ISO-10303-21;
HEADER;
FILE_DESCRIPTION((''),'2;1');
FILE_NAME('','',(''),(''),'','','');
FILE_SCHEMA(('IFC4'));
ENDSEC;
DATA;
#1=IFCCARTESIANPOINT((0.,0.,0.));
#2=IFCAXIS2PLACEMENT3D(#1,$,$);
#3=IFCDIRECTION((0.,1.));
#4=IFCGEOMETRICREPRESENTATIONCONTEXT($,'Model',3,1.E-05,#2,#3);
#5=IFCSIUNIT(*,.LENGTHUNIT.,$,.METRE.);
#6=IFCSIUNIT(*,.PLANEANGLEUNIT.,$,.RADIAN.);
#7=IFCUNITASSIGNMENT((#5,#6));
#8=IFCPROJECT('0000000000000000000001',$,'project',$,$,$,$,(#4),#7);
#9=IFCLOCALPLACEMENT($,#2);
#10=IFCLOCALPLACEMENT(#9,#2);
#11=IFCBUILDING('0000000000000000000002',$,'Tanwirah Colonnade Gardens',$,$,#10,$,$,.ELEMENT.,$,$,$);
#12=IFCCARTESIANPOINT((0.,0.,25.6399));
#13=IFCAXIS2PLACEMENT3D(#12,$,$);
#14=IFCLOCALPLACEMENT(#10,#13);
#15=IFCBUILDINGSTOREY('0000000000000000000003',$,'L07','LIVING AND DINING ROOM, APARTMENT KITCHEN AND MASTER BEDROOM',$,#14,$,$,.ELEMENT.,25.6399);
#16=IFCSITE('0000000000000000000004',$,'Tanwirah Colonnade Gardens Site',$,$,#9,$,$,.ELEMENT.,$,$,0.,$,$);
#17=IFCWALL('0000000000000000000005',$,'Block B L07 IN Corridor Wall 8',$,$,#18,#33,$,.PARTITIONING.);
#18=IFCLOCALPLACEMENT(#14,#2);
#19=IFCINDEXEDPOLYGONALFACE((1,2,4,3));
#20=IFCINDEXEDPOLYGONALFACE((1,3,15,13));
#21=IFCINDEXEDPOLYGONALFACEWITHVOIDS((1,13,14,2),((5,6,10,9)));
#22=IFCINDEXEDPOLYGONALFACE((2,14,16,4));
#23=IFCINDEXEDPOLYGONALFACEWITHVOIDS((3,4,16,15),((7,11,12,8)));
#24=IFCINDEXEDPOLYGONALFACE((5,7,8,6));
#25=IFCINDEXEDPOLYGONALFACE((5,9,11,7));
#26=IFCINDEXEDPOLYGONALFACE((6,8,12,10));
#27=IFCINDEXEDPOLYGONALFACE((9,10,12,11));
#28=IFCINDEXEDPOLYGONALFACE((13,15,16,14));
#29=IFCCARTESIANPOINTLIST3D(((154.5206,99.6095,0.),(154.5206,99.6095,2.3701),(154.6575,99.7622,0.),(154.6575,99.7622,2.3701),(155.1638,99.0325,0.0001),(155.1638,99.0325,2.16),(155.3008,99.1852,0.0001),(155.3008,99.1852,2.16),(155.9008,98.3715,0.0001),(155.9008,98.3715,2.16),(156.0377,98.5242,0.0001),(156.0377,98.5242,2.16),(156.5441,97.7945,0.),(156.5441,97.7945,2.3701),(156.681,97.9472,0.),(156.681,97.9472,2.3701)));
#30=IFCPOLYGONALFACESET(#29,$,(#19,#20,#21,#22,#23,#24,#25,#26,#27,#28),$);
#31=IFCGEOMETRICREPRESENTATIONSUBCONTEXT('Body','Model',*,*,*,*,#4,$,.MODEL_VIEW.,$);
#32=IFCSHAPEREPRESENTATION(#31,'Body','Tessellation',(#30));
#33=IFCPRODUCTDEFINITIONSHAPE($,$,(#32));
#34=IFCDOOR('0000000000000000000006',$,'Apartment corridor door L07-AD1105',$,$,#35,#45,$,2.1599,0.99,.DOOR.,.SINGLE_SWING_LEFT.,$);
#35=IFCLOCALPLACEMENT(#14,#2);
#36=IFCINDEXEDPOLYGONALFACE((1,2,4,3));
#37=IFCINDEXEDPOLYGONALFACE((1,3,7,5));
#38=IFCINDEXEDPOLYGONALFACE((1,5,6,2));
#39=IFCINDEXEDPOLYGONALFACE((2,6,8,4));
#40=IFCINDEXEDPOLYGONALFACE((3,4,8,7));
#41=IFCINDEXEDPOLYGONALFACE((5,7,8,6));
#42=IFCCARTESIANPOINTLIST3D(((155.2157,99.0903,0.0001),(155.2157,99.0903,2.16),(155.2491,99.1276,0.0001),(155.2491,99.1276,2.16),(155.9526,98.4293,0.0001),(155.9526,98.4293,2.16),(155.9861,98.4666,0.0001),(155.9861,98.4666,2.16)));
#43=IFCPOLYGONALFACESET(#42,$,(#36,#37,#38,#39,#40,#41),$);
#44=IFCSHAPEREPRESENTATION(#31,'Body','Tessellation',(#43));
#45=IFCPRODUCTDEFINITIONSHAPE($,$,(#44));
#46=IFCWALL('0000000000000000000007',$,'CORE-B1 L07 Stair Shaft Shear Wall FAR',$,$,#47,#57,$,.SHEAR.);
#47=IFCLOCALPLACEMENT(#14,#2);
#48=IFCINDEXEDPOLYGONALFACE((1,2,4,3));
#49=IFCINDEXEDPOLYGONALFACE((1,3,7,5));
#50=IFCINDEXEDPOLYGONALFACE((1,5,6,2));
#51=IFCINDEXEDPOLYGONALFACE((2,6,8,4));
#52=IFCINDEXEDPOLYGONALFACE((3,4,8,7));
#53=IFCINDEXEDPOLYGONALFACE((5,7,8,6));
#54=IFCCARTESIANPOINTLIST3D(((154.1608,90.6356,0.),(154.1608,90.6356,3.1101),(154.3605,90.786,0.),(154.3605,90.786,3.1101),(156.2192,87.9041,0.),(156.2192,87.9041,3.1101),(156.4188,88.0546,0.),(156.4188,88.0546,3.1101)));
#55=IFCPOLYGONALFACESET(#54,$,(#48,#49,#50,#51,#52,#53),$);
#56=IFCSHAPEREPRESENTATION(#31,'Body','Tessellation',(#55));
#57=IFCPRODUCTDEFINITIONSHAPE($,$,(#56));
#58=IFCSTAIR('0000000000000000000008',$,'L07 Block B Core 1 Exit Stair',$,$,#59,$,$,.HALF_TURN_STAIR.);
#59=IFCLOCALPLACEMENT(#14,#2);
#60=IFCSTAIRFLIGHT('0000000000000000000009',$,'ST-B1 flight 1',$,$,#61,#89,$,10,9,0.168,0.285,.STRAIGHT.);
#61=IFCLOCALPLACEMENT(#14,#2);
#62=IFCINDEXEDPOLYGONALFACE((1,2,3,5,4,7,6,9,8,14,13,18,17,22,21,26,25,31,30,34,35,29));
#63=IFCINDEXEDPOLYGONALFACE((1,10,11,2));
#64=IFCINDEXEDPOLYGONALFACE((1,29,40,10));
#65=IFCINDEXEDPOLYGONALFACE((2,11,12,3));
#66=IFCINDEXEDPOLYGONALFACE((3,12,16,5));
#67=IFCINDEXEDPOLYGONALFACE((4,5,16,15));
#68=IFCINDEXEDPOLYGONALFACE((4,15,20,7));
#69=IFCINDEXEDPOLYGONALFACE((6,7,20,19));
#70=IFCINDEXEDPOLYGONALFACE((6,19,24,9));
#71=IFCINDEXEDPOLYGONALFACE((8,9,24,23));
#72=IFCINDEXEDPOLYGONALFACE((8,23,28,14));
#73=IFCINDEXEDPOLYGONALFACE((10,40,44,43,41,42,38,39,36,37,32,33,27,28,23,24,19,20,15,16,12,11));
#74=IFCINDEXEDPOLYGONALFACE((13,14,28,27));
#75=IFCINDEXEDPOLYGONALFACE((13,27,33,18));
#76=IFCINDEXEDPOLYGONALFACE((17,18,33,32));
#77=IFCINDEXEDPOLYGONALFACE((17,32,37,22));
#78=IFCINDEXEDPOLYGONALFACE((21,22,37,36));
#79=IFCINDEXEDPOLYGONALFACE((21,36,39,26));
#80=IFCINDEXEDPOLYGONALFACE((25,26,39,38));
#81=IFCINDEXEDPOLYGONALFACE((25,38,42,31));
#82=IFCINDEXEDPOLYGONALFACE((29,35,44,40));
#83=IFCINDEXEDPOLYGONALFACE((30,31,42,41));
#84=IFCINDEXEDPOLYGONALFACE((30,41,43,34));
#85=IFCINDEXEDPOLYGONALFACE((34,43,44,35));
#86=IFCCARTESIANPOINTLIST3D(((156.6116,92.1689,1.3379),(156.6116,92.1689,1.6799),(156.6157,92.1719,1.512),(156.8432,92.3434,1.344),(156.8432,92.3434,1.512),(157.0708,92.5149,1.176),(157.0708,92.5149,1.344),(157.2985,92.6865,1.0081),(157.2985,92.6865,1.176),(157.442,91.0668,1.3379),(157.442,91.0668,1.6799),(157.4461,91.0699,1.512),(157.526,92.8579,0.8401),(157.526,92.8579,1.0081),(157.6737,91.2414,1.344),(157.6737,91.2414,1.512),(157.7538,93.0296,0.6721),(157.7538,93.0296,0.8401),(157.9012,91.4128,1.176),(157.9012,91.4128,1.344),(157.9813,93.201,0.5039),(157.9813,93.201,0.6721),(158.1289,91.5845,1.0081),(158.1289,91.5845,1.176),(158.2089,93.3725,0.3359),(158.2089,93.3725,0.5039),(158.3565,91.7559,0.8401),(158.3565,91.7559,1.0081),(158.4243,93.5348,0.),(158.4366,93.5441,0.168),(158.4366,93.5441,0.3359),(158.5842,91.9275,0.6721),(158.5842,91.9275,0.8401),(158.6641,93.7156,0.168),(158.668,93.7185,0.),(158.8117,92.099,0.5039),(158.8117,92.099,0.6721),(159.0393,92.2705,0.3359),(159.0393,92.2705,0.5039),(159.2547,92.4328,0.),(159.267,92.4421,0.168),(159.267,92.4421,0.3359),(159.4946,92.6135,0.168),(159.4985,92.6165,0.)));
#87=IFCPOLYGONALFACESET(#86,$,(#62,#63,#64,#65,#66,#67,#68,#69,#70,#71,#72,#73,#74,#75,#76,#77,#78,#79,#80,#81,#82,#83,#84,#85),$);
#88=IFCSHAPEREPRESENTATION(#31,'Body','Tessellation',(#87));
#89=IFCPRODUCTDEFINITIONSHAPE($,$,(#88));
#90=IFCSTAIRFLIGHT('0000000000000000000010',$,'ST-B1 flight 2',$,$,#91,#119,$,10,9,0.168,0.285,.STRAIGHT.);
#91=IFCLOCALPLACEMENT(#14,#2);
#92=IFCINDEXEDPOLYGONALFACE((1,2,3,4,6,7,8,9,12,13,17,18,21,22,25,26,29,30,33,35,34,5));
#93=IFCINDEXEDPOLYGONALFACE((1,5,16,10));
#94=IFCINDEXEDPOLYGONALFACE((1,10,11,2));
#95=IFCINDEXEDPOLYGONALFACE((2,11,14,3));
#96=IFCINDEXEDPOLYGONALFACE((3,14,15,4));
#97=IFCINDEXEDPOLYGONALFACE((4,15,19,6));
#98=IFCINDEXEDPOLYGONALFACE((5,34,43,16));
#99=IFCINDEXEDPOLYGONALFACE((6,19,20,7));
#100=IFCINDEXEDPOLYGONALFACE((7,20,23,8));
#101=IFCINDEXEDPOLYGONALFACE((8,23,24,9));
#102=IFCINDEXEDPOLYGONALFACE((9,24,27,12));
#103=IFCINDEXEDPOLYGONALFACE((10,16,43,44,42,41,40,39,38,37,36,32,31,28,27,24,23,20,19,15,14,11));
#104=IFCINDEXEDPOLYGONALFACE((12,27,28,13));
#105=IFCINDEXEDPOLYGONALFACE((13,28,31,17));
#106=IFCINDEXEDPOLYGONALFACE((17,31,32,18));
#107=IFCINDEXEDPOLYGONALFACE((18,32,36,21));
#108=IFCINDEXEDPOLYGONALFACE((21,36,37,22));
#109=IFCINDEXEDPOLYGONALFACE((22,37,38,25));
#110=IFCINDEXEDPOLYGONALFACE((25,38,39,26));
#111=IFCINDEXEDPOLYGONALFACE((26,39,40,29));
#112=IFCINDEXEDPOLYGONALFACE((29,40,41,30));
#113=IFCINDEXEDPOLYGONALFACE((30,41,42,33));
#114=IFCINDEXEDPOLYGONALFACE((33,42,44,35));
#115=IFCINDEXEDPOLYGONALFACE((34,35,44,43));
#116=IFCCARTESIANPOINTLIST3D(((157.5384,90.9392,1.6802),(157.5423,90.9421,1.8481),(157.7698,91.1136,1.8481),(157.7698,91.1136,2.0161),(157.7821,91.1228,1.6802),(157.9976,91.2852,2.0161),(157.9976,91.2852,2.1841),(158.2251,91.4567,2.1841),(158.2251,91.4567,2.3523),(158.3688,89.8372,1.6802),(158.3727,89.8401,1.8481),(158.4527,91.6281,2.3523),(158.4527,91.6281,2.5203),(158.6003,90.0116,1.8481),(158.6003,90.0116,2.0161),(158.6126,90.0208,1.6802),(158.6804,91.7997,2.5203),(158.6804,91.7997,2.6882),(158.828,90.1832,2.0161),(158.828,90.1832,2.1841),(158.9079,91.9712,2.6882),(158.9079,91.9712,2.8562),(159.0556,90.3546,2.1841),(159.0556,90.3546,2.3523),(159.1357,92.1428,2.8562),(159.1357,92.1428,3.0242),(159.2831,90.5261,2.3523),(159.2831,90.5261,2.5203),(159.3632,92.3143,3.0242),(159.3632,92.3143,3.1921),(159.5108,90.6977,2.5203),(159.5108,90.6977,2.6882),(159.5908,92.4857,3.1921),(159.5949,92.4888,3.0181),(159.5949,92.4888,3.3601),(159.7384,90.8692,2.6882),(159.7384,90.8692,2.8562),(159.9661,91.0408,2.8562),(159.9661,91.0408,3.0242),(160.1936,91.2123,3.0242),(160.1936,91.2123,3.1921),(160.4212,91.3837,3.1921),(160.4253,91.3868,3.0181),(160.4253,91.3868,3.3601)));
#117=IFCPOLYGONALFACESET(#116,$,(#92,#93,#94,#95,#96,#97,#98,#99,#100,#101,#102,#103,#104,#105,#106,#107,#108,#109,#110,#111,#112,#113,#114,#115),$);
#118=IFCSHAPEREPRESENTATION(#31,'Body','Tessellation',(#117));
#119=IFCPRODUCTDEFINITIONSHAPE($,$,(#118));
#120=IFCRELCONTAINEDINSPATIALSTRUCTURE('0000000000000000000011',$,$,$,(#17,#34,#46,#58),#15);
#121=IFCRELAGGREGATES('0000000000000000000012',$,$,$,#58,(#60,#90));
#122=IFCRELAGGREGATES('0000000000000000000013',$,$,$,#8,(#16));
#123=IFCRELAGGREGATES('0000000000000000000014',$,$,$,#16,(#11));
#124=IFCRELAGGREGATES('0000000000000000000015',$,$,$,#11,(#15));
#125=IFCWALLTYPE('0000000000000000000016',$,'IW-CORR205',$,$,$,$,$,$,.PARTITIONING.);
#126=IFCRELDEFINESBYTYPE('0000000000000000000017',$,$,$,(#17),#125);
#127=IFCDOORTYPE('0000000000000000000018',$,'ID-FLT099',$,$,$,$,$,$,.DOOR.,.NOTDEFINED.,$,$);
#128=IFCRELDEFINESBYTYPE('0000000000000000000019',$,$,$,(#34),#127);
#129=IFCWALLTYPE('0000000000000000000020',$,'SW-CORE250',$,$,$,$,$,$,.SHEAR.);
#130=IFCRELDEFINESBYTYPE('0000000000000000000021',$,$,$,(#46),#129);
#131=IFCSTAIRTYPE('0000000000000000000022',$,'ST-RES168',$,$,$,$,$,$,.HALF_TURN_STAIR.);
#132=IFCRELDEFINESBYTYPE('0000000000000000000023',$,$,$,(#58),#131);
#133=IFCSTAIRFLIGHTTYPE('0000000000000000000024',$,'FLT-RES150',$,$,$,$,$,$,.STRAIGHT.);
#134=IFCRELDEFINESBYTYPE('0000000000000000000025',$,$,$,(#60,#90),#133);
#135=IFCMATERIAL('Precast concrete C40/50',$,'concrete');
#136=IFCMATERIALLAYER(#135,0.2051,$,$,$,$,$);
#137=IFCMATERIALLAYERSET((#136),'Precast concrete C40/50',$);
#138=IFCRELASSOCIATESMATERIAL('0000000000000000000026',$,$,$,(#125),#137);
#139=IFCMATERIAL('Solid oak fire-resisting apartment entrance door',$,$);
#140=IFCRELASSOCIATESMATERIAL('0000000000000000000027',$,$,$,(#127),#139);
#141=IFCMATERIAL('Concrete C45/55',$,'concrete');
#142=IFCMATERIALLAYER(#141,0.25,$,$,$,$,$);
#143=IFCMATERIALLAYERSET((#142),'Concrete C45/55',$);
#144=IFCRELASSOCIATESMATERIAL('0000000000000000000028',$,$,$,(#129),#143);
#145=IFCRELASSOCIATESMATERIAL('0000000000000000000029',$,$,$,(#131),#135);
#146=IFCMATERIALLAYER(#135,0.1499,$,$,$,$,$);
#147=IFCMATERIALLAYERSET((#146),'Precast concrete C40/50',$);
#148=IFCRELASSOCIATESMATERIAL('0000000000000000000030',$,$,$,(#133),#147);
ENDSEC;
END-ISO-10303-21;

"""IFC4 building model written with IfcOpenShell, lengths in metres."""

from ifc_helpers import new_model, si_unit, direction, frame, frame_2d, origin, place, context, subcontext, project, spatial, polyline, rectangle, outline, extrude, material, layer, layer_set, type_object, element, fill, aggregate, save


model = new_model("IFC4")

# Units and contexts
model_context = context("Model", 3, precision=1e-05, world=origin(), true_north=direction((0.0, 1.0)))
body_context = subcontext(model_context, "Body", "Model", "MODEL_VIEW")
ifc_project = project(units=[si_unit("LENGTHUNIT", "METRE"), si_unit("PLANEANGLEUNIT", "RADIAN")], contexts=[model_context])

# Site, building, storey
site_placement = place(None, origin())
site = spatial("IfcSite", under=ifc_project, at=site_placement, Name="Tanwirah Colonnade Gardens Site", CompositionType="ELEMENT", RefElevation=0.0)
building_placement = place(site_placement, origin())
building = spatial("IfcBuilding", under=site, at=building_placement, Name="Tanwirah Colonnade Gardens", CompositionType="ELEMENT")
storey_placement = place(building_placement, frame((0.0, 0.0, 25.6399)))
storey = spatial("IfcBuildingStorey", under=building, at=storey_placement, Name="L07", Description="LIVING AND DINING ROOM, APARTMENT KITCHEN AND MASTER BEDROOM", CompositionType="ELEMENT", Elevation=25.6399)

# Shared definitions
ifc_material_1 = material(Name="Precast concrete C40/50", Category="concrete")

# Wall, opening, door
ifc_layer_1 = layer(ifc_material_1, 0.2051)
ifc_layer_set_1 = layer_set([ifc_layer_1], Name="Precast concrete C40/50")
wall_type_1 = type_object("IfcWallType", Name="IW-CORR205", PredefinedType="PARTITIONING", material=ifc_layer_set_1)
ifc_material_2 = material(Name="Solid oak fire-resisting apartment entrance door")
door_type_1 = type_object("IfcDoorType", Name="ID-FLT099", OperationType="NOTDEFINED", PredefinedType="DOOR", material=ifc_material_2)
wall_1_placement = place(storey_placement, frame((156.6125, 97.8708, 0.0), z_axis=(0.0, 0.0, 1.0), x_axis=(-0.744419, 0.667713, 0.0)))
wall_1 = element("IfcWall", 1, at=wall_1_placement, inside=storey, type_object=wall_type_1, Name="Block B L07 IN Corridor Wall 8", PredefinedType="PARTITIONING", context=body_context, shape_type="SweptSolid", body=[
    extrude(rectangle(XDim=2.7183, YDim=0.2051, at=frame_2d((1.3591, 0.0))), origin(), (0.0, 0.0, 1.0), 2.3701),
])
opening_1_placement = place(wall_1_placement, frame((0.864, 0.0, 0.0)))
opening_1 = element("IfcOpeningElement", 2, at=opening_1_placement, cuts=wall_1, PredefinedType="OPENING", context=body_context, shape_type="SweptSolid", body=[
    extrude(rectangle(XDim=0.99, YDim=2.1599, at=frame_2d((0.4951, 1.0801))), frame((0.0, 0.1125, 0.0), z_axis=(0.0, -1.0, 0.0), x_axis=(1.0, 0.0, 0.0)), (0.0, 0.0, 1.0), 0.2251),
])
door_1_placement = place(opening_1_placement, origin())
door_1 = element("IfcDoor", 3, at=door_1_placement, inside=storey, type_object=door_type_1, Name="Apartment corridor door L07-AD1105", OperationType="SINGLE_SWING_LEFT", OverallHeight=2.1599, OverallWidth=0.99, PredefinedType="DOOR", context=body_context, shape_type="SweptSolid", body=[
    extrude(rectangle(XDim=0.99, YDim=2.1599, at=frame_2d((0.4951, 1.0801))), frame((0.0, 0.0249, 0.0), z_axis=(0.0, -1.0, 0.0), x_axis=(1.0, 0.0, 0.0)), (0.0, 0.0, 1.0), 0.05),
])
fill(opening_1, door_1)

# Wall
ifc_material_3 = material(Name="Concrete C45/55", Category="concrete")
ifc_layer_2 = layer(ifc_material_3, 0.25)
ifc_layer_set_2 = layer_set([ifc_layer_2], Name="Concrete C45/55")
wall_type_2 = type_object("IfcWallType", Name="SW-CORE250", PredefinedType="SHEAR", material=ifc_layer_set_2)
wall_2_placement = place(storey_placement, frame((154.2607, 90.7107, 0.0), z_axis=(0.0, 0.0, 1.0), x_axis=(0.601826, -0.798627, 0.0)))
element("IfcWall", 4, at=wall_2_placement, inside=storey, type_object=wall_type_2, Name="CORE-B1 L07 Stair Shaft Shear Wall FAR", PredefinedType="SHEAR", context=body_context, shape_type="SweptSolid", body=[
    extrude(rectangle(XDim=3.4202, YDim=0.25, at=frame_2d((1.71, 0.0))), origin(), (0.0, 0.0, 1.0), 3.1101),
])

# Stair, stair flights
stair_type = type_object("IfcStairType", Name="ST-RES168", PredefinedType="HALF_TURN_STAIR", material=ifc_material_1)
stair_placement = place(storey_placement, origin())
stair = element("IfcStair", 5, at=stair_placement, inside=storey, type_object=stair_type, Name="L07 Block B Core 1 Exit Stair", PredefinedType="HALF_TURN_STAIR")
ifc_layer_3 = layer(ifc_material_1, 0.1499)
ifc_layer_set_3 = layer_set([ifc_layer_3], Name="Precast concrete C40/50")
stair_flight_type = type_object("IfcStairFlightType", Name="FLT-RES150", PredefinedType="STRAIGHT", material=ifc_layer_set_3)
stair_flight_1_placement = place(storey_placement, frame((159.0793, 93.1646, 0.0), z_axis=(0.0, 0.0, 1.0), x_axis=(-0.798636, -0.601815, 0.0)))
stair_flight_1 = element("IfcStairFlight", 6, at=stair_flight_1_placement, type_object=stair_flight_type, Name="ST-B1 flight 1", NumberOfRisers=10, NumberOfTreads=9, PredefinedType="STRAIGHT", RiserHeight=0.168, TreadLength=0.285, context=body_context, shape_type="SweptSolid", body=[
    extrude(outline(polyline([(-0.0049, 0.0), (0.0, 0.168), (0.2849, 0.168), (0.2849, 0.3359), (0.5701, 0.3359), (0.5701, 0.5039), (0.855, 0.5039), (0.855, 0.6721), (1.1399, 0.6721), (1.1399, 0.8401), (1.425, 0.8401), (1.425, 1.0081), (1.71, 1.0081), (1.71, 1.176), (1.9951, 1.176), (1.9951, 1.344), (2.28, 1.344), (2.28, 1.512), (2.5649, 1.512), (2.5701, 1.6799), (2.5701, 1.3379), (0.3003, 0.0), (-0.0049, 0.0)])), frame((0.0, 0.6899, 0.0), z_axis=(0.0, -1.0, 0.0), x_axis=(1.0, 0.0, 0.0)), (0.0, 0.0, 1.0), 1.3799),
])
stair_flight_2_placement = place(storey_placement, frame((157.9575, 90.3911, 1.6802), z_axis=(0.0, 0.0, 1.0), x_axis=(0.798636, 0.601815, 0.0)))
stair_flight_2 = element("IfcStairFlight", 7, at=stair_flight_2_placement, type_object=stair_flight_type, Name="ST-B1 flight 2", NumberOfRisers=10, NumberOfTreads=9, PredefinedType="STRAIGHT", RiserHeight=0.168, TreadLength=0.285, context=body_context, shape_type="SweptSolid", body=[
    extrude(outline(polyline([(-0.0049, 0.0), (0.0, 0.168), (0.2849, 0.168), (0.2849, 0.3359), (0.5701, 0.3359), (0.5701, 0.5039), (0.855, 0.5039), (0.855, 0.6721), (1.1399, 0.6721), (1.1399, 0.8401), (1.425, 0.8401), (1.425, 1.0081), (1.71, 1.0081), (1.71, 1.176), (1.9951, 1.176), (1.9951, 1.344), (2.28, 1.344), (2.28, 1.512), (2.5649, 1.512), (2.5701, 1.6799), (2.5701, 1.3379), (0.3003, 0.0), (-0.0049, 0.0)])), frame((0.0, 0.6899, 0.0), z_axis=(0.0, -1.0, 0.0), x_axis=(1.0, 0.0, 0.0)), (0.0, 0.0, 1.0), 1.3799),
])
aggregate(stair, [stair_flight_1, stair_flight_2])

save(model, "model.ifc")
